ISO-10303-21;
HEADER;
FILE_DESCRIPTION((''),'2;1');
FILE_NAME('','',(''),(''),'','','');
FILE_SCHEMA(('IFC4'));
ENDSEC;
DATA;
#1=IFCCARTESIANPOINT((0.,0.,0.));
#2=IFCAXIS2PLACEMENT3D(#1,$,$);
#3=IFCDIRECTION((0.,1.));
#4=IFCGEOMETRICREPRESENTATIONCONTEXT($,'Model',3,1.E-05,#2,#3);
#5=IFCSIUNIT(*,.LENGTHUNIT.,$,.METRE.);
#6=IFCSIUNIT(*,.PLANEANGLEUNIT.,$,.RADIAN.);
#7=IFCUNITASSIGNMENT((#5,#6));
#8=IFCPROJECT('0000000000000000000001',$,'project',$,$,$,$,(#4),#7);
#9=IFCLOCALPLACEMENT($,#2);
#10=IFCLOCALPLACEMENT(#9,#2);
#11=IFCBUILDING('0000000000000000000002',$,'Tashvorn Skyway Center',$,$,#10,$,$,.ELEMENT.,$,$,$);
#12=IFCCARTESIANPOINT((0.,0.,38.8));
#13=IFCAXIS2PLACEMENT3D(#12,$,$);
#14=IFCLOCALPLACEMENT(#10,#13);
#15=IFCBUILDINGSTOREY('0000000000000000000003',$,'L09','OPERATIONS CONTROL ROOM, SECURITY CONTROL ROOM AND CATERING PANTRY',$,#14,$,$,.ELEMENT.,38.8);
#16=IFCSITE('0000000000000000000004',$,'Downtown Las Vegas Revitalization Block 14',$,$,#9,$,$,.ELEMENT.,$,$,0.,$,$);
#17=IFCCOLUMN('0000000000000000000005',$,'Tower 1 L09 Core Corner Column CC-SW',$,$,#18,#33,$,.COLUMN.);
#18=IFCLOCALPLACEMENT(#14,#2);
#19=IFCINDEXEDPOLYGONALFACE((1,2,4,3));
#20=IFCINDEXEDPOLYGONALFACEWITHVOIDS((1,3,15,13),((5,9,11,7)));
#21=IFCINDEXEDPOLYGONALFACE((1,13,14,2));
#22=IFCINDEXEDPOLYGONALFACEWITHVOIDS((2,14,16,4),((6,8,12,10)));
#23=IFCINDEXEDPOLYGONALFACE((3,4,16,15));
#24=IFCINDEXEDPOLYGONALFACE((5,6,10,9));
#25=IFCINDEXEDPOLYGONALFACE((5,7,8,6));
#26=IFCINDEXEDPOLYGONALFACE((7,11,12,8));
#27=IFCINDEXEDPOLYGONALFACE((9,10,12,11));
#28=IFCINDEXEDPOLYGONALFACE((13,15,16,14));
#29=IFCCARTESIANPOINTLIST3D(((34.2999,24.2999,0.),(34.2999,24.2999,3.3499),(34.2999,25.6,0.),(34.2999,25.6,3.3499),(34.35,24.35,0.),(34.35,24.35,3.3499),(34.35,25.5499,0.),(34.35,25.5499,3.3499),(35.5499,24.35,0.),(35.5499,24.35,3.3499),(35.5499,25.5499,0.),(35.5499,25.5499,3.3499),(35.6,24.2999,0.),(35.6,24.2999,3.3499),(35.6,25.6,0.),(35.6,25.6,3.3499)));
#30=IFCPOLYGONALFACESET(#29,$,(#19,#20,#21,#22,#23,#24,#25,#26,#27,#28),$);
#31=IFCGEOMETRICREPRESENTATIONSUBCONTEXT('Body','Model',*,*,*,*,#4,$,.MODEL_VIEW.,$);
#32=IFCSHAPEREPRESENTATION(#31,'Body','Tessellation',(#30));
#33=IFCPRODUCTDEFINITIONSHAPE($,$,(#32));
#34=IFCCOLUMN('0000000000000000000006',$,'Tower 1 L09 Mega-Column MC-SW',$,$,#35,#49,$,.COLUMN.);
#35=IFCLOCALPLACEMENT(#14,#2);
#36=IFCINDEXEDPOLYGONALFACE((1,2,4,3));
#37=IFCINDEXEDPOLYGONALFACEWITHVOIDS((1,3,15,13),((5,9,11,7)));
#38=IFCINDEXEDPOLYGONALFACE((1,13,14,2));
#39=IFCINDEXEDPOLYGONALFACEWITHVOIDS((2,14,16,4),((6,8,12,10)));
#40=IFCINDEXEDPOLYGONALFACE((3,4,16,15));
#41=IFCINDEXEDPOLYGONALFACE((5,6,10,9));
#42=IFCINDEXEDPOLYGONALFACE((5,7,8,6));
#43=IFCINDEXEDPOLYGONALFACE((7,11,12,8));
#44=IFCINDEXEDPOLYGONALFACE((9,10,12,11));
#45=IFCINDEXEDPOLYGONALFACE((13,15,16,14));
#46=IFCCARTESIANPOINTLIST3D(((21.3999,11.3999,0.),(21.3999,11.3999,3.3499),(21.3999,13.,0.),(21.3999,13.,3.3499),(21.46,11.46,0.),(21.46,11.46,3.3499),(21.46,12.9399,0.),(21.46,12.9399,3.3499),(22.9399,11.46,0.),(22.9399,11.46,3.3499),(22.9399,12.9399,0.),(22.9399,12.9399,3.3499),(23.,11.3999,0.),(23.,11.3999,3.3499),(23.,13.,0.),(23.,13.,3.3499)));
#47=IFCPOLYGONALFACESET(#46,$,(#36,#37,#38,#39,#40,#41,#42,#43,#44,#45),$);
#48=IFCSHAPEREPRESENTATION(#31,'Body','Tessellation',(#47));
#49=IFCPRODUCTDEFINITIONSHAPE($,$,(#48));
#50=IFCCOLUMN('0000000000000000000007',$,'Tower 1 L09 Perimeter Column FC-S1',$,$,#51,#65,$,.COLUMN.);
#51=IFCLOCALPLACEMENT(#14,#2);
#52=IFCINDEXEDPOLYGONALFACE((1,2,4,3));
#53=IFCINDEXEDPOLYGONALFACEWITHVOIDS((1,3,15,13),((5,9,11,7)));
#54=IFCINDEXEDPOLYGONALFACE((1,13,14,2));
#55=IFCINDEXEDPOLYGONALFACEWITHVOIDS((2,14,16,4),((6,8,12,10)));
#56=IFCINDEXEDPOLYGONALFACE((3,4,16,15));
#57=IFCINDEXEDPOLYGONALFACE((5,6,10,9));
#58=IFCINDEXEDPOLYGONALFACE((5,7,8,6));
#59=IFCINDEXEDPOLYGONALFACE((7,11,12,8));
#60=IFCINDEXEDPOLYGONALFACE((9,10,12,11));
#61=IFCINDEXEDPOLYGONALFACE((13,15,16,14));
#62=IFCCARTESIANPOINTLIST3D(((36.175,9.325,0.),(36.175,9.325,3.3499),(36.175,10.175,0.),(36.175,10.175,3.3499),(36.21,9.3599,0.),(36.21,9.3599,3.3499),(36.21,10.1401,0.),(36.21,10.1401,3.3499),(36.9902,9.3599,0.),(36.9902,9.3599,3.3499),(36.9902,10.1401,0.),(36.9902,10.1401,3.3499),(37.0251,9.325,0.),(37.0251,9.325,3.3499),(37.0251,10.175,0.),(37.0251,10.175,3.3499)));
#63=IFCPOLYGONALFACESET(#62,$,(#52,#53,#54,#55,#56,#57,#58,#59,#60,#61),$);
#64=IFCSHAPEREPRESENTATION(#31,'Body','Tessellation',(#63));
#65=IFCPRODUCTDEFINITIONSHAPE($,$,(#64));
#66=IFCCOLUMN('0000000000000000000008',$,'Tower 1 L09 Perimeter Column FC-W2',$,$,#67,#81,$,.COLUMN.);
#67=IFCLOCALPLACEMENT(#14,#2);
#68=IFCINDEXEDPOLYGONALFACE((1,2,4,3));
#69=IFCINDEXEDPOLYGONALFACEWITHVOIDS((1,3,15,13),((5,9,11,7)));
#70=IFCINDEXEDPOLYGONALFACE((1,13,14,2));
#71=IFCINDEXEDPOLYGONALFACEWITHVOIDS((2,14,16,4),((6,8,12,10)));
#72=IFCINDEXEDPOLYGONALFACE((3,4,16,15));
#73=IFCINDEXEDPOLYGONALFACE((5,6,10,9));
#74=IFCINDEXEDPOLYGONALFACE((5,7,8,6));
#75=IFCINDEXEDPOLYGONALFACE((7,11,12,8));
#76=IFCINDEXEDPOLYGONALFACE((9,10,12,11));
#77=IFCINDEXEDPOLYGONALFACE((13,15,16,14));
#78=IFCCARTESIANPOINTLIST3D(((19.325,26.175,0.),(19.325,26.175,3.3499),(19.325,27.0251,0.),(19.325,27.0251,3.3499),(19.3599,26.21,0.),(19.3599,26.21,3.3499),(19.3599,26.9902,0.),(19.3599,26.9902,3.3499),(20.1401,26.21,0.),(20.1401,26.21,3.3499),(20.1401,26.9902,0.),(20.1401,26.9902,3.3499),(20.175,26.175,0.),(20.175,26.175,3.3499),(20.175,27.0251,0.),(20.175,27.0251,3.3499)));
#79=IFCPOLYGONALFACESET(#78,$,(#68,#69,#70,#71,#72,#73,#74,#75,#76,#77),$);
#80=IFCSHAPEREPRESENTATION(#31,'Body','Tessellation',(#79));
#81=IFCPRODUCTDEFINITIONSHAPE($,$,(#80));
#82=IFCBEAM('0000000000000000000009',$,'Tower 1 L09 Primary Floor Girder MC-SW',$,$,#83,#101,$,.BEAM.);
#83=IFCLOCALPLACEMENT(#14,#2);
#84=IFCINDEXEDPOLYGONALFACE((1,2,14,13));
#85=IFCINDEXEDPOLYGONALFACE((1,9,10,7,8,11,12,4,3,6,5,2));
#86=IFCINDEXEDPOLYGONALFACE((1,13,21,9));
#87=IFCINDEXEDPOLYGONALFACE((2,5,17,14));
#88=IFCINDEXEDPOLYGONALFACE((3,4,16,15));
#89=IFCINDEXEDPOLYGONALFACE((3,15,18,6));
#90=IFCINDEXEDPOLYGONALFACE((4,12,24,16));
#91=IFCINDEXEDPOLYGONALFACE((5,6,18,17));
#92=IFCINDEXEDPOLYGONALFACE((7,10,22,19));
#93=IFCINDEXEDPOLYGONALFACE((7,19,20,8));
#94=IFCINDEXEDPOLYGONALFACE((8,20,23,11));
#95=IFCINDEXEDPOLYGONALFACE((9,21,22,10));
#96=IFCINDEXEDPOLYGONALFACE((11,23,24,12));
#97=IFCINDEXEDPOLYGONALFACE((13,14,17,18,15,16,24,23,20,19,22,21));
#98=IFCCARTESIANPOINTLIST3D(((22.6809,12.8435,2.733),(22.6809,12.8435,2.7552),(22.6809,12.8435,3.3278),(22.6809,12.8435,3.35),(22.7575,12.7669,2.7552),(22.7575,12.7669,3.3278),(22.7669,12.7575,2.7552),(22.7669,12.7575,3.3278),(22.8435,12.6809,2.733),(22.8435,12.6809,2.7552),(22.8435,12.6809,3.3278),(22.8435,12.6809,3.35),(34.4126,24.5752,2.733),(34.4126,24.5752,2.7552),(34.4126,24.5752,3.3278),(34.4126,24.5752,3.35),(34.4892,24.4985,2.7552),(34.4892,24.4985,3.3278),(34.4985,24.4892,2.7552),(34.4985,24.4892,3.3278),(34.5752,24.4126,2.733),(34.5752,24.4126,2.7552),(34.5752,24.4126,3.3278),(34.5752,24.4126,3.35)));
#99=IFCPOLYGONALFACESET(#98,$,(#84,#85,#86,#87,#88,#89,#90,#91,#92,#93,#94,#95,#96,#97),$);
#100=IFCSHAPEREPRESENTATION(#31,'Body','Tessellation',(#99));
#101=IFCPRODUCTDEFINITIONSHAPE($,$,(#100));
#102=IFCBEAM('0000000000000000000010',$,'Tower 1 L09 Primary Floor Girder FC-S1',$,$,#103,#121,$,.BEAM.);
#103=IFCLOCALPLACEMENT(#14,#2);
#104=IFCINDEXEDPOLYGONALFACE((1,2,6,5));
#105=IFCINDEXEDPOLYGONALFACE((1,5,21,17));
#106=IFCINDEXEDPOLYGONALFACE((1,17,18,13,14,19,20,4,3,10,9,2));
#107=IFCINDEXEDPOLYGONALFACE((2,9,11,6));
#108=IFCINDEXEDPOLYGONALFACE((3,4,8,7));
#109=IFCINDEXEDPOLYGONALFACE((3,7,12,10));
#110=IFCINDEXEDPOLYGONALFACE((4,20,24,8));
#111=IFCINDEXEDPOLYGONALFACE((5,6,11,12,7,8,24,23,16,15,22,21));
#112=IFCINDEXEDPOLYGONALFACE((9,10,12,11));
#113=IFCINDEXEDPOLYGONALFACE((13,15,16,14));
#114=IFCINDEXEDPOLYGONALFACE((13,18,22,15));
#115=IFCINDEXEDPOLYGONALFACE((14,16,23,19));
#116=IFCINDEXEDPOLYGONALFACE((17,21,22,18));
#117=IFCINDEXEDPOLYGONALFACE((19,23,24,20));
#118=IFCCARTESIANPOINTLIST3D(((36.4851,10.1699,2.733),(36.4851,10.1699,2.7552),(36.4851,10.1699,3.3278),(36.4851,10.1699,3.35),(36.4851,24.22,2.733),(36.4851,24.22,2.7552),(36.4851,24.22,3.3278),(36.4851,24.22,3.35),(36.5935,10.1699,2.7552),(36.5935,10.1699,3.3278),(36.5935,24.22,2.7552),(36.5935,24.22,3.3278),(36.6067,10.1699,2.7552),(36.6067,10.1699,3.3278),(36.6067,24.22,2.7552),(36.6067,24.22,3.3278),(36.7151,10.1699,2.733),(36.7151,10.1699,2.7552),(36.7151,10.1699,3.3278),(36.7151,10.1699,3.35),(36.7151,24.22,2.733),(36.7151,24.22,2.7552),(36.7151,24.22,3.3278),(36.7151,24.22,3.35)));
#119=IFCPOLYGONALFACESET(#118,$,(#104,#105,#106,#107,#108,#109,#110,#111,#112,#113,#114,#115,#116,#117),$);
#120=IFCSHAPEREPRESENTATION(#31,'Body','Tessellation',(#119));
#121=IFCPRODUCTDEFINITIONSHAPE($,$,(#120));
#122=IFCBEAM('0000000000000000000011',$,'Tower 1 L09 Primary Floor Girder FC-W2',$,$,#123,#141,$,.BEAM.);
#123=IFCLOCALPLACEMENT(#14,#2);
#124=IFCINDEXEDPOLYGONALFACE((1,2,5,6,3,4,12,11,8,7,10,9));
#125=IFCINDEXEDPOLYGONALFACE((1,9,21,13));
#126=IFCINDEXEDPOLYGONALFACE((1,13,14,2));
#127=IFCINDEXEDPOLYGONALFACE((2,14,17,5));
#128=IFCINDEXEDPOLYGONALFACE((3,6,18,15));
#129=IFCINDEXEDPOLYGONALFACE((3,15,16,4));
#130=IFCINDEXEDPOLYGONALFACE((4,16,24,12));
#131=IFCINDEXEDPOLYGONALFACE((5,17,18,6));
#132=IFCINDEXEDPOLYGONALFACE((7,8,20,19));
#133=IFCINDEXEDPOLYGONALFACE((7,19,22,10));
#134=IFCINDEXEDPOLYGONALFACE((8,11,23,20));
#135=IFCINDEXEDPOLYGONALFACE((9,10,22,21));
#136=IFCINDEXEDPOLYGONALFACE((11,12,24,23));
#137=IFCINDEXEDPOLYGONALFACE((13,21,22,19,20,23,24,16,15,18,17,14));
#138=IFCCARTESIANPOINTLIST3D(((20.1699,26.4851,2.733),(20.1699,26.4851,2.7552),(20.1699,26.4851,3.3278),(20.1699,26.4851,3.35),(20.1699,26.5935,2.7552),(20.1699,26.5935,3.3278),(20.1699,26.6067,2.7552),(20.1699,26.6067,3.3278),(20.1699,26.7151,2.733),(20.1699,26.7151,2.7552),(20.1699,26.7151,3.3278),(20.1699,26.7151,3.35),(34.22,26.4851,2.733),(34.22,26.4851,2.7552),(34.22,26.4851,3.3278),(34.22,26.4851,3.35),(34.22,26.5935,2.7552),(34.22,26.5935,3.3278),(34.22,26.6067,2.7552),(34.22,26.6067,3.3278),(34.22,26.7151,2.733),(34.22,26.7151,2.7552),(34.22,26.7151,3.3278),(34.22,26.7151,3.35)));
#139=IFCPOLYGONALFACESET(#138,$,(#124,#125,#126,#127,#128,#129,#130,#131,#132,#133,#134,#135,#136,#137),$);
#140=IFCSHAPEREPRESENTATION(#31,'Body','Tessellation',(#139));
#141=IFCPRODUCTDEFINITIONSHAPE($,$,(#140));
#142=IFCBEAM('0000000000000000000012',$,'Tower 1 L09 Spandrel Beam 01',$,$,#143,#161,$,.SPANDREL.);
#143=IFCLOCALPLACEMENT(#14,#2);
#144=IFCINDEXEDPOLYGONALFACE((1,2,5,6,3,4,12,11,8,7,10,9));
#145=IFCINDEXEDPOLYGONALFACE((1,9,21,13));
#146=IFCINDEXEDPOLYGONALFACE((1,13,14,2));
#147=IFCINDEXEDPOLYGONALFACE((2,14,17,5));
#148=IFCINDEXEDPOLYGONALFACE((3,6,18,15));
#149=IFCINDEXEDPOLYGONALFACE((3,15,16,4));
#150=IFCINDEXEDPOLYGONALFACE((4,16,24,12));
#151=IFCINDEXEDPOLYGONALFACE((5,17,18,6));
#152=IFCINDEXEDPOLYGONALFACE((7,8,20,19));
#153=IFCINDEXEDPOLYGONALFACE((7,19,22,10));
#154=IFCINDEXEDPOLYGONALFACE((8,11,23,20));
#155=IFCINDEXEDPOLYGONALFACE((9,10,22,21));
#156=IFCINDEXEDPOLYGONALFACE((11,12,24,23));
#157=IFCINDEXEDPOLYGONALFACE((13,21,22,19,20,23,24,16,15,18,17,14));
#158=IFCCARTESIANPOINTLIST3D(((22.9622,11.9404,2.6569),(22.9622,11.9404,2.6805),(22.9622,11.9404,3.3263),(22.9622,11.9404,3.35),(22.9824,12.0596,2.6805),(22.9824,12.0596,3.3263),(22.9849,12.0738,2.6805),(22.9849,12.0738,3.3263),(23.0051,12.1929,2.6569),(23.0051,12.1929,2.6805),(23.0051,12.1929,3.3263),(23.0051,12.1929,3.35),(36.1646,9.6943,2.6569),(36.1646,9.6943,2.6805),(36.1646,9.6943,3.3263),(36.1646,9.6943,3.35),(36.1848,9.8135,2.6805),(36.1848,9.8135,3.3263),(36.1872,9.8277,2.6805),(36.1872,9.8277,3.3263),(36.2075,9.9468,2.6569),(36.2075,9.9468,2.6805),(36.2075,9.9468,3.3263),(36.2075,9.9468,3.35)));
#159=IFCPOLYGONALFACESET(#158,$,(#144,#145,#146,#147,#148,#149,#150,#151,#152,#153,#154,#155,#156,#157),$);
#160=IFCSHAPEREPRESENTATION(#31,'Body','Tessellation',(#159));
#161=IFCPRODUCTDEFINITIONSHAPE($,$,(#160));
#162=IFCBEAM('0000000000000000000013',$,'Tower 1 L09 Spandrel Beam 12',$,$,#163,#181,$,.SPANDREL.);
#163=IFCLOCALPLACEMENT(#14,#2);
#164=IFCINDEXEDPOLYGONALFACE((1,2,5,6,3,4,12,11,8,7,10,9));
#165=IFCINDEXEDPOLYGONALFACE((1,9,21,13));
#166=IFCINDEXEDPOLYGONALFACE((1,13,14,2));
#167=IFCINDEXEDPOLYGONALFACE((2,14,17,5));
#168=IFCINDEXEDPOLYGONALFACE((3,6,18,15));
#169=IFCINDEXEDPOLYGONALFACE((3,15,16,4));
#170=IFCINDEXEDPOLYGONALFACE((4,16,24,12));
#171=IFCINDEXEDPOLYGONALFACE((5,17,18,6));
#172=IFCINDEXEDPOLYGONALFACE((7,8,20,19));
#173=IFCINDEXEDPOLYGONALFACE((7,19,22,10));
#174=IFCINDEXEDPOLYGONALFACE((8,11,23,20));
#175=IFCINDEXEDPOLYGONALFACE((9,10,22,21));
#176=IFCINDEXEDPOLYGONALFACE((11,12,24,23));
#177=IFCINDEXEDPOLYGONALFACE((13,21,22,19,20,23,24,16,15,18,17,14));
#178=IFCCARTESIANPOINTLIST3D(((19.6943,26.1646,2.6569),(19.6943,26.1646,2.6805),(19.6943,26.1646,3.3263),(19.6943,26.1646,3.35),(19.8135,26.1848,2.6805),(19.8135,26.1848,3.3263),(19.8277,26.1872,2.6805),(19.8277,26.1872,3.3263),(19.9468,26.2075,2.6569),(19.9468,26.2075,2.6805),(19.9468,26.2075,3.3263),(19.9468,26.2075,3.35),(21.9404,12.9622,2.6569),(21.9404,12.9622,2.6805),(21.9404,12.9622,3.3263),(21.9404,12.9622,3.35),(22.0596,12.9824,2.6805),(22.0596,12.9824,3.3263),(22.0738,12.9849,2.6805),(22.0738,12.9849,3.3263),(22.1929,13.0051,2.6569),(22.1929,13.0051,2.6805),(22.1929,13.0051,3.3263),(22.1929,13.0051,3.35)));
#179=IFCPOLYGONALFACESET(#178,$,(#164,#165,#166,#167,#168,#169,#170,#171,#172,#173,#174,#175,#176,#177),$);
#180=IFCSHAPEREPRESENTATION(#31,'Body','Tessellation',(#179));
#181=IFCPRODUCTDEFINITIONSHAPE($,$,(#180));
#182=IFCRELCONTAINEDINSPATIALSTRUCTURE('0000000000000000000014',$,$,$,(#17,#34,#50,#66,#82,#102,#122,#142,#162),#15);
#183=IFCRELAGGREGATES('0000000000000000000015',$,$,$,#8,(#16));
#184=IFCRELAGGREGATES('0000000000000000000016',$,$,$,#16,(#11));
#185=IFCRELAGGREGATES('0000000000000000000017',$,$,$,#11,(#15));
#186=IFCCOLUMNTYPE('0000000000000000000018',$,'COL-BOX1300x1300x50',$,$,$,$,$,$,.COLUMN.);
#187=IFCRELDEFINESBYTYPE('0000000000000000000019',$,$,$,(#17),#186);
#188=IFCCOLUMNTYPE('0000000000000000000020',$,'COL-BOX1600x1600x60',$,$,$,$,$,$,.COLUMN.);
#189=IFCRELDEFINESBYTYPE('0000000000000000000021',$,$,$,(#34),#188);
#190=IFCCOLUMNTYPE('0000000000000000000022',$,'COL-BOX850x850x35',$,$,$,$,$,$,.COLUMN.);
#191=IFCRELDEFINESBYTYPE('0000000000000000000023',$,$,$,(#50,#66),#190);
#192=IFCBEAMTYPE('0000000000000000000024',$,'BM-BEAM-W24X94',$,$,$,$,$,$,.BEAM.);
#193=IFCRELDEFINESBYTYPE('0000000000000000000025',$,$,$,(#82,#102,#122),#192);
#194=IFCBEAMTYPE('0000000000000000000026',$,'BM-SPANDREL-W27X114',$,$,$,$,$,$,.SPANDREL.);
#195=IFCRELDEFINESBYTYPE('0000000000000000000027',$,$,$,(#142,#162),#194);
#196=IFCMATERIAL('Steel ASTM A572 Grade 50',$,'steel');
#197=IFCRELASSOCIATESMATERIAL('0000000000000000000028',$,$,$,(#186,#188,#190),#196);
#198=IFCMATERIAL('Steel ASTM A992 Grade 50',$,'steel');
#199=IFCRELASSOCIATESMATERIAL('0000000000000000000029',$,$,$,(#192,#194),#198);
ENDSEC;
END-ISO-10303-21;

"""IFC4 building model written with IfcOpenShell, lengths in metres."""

from ifc_helpers import new_model, si_unit, direction, frame, origin, origin_2d, place, context, subcontext, project, spatial, hollow_rectangle, i_section, extrude, material, material_profile, profile_set, type_object, element, save


model = new_model("IFC4")

# Units and contexts
model_context = context("Model", 3, precision=1e-05, world=origin(), true_north=direction((0.0, 1.0)))
body_context = subcontext(model_context, "Body", "Model", "MODEL_VIEW")
ifc_project = project(units=[si_unit("LENGTHUNIT", "METRE"), si_unit("PLANEANGLEUNIT", "RADIAN")], contexts=[model_context])

# Site, building, storey
site_placement = place(None, origin())
site = spatial("IfcSite", under=ifc_project, at=site_placement, Name="Downtown Las Vegas Revitalization Block 14", CompositionType="ELEMENT", RefElevation=0.0)
building_placement = place(site_placement, origin())
building = spatial("IfcBuilding", under=site, at=building_placement, Name="Tashvorn Skyway Center", CompositionType="ELEMENT")
storey_placement = place(building_placement, frame((0.0, 0.0, 38.8)))
storey = spatial("IfcBuildingStorey", under=building, at=storey_placement, Name="L09", Description="OPERATIONS CONTROL ROOM, SECURITY CONTROL ROOM AND CATERING PANTRY", CompositionType="ELEMENT", Elevation=38.8)

# Columns
ifc_material_1 = material(Name="Steel ASTM A572 Grade 50", Category="steel")
ifc_material_profile_1 = material_profile(ifc_material_1, hollow_rectangle(XDim=1.3, YDim=1.3, WallThickness=0.05, at=origin_2d()), Name="BOX1300x1300x50")
ifc_profile_set_1 = profile_set([ifc_material_profile_1], Name="Steel ASTM A572 Grade 50")
column_type_1 = type_object("IfcColumnType", Name="COL-BOX1300x1300x50", PredefinedType="COLUMN", material=ifc_profile_set_1)
column_1_placement = place(storey_placement, frame((34.95, 24.95, 0.0), z_axis=(0.0, 0.0, 1.0), x_axis=(1.0, 0.0, 0.0)))
element("IfcColumn", 1, at=column_1_placement, inside=storey, type_object=column_type_1, Name="Tower 1 L09 Core Corner Column CC-SW", PredefinedType="COLUMN", context=body_context, shape_type="SweptSolid", body=[
    extrude(hollow_rectangle(XDim=1.3, YDim=1.3, WallThickness=0.05, at=origin_2d()), origin(), (0.0, 0.0, 1.0), 3.3499),
])
ifc_material_profile_2 = material_profile(ifc_material_1, hollow_rectangle(XDim=1.6001, YDim=1.6001, WallThickness=0.0601, at=origin_2d()), Name="BOX1600x1600x60")
ifc_profile_set_2 = profile_set([ifc_material_profile_2], Name="Steel ASTM A572 Grade 50")
column_type_2 = type_object("IfcColumnType", Name="COL-BOX1600x1600x60", PredefinedType="COLUMN", material=ifc_profile_set_2)
column_2_placement = place(storey_placement, frame((22.2, 12.2, 0.0), z_axis=(0.0, 0.0, 1.0), x_axis=(1.0, 0.0, 0.0)))
element("IfcColumn", 2, at=column_2_placement, inside=storey, type_object=column_type_2, Name="Tower 1 L09 Mega-Column MC-SW", PredefinedType="COLUMN", context=body_context, shape_type="SweptSolid", body=[
    extrude(hollow_rectangle(XDim=1.6001, YDim=1.6001, WallThickness=0.0601, at=origin_2d()), origin(), (0.0, 0.0, 1.0), 3.3499),
])
ifc_material_profile_3 = material_profile(ifc_material_1, hollow_rectangle(XDim=0.8501, YDim=0.8501, WallThickness=0.0349, at=origin_2d()), Name="BOX850x850x35")
ifc_profile_set_3 = profile_set([ifc_material_profile_3], Name="Steel ASTM A572 Grade 50")
column_type_3 = type_object("IfcColumnType", Name="COL-BOX850x850x35", PredefinedType="COLUMN", material=ifc_profile_set_3)
for number, where, z_axis, x_axis, name in (
    (3, (36.6001, 9.75, 0.0), (0.0, 0.0, 1.0), (1.0, 0.0, 0.0), "Tower 1 L09 Perimeter Column FC-S1"),
    (4, (19.75, 26.6001, 0.0), (0.0, 0.0, 1.0), (1.0, 0.0, 0.0), "Tower 1 L09 Perimeter Column FC-W2"),
):
    element("IfcColumn", number, at=place(storey_placement, frame(where, z_axis=z_axis, x_axis=x_axis)), inside=storey, type_object=column_type_3, Name=name, PredefinedType="COLUMN", context=body_context, shape_type="SweptSolid", body=[
        extrude(hollow_rectangle(XDim=0.8501, YDim=0.8501, WallThickness=0.0349, at=origin_2d()), origin(), (0.0, 0.0, 1.0), 3.3499),
    ])

# Beams
ifc_material_2 = material(Name="Steel ASTM A992 Grade 50", Category="steel")
ifc_material_profile_4 = material_profile(ifc_material_2, i_section(OverallWidth=0.23, OverallDepth=0.6169, WebThickness=0.0132, FlangeThickness=0.0222, at=origin_2d()), Name="W24X94")
ifc_profile_set_4 = profile_set([ifc_material_profile_4], Name="Steel ASTM A992 Grade 50")
beam_type_1 = type_object("IfcBeamType", Name="BM-BEAM-W24X94", PredefinedType="BEAM", material=ifc_profile_set_4)
beam_placement = place(storey_placement, frame((22.7622, 12.7622, 3.0415), z_axis=(0.707107, 0.707107, 0.0), x_axis=(-0.707107, 0.707107, 0.0)))
element("IfcBeam", 5, at=beam_placement, inside=storey, type_object=beam_type_1, Name="Tower 1 L09 Primary Floor Girder MC-SW", PredefinedType="BEAM", context=body_context, shape_type="SweptSolid", body=[
    extrude(i_section(OverallWidth=0.23, OverallDepth=0.6169, WebThickness=0.0132, FlangeThickness=0.0222, at=origin_2d()), origin(), (0.0, 0.0, 1.0), 16.5911),
])
for number, where, z_axis, x_axis, name in (
    (6, (36.6001, 10.1699, 3.0415), (0.0, 1.0, 0.0), (-1.0, 0.0, 0.0), "Tower 1 L09 Primary Floor Girder FC-S1"),
    (7, (20.1699, 26.6001, 3.0415), (1.0, 0.0, 0.0), (0.0, 1.0, 0.0), "Tower 1 L09 Primary Floor Girder FC-W2"),
):
    element("IfcBeam", number, at=place(storey_placement, frame(where, z_axis=z_axis, x_axis=x_axis)), inside=storey, type_object=beam_type_1, Name=name, PredefinedType="BEAM", context=body_context, shape_type="SweptSolid", body=[
        extrude(i_section(OverallWidth=0.23, OverallDepth=0.6169, WebThickness=0.0132, FlangeThickness=0.0222, at=origin_2d()), origin(), (0.0, 0.0, 1.0), 14.05),
    ])
ifc_material_profile_5 = material_profile(ifc_material_2, i_section(OverallWidth=0.2561, OverallDepth=0.6931, WebThickness=0.0144, FlangeThickness=0.0237, at=origin_2d()), Name="W27X114")
ifc_profile_set_5 = profile_set([ifc_material_profile_5], Name="Steel ASTM A992 Grade 50")
beam_type_2 = type_object("IfcBeamType", Name="BM-SPANDREL-W27X114", PredefinedType="SPANDREL", material=ifc_profile_set_5)
for number, where, z_axis, x_axis, name in (
    (8, (22.9836, 12.0667, 3.0034), (0.985835, -0.167718, 0.0), (0.167718, 0.985835, 0.0), "Tower 1 L09 Spandrel Beam 01"),
    (9, (19.8206, 26.186, 3.0034), (0.167718, -0.985835, 0.0), (0.985835, 0.167718, 0.0), "Tower 1 L09 Spandrel Beam 12"),
):
    element("IfcBeam", number, at=place(storey_placement, frame(where, z_axis=z_axis, x_axis=x_axis)), inside=storey, type_object=beam_type_2, Name=name, PredefinedType="SPANDREL", context=body_context, shape_type="SweptSolid", body=[
        extrude(i_section(OverallWidth=0.2561, OverallDepth=0.6931, WebThickness=0.0144, FlangeThickness=0.0237, at=origin_2d()), origin(), (0.0, 0.0, 1.0), 13.3921),
    ])

save(model, "model.ifc")
